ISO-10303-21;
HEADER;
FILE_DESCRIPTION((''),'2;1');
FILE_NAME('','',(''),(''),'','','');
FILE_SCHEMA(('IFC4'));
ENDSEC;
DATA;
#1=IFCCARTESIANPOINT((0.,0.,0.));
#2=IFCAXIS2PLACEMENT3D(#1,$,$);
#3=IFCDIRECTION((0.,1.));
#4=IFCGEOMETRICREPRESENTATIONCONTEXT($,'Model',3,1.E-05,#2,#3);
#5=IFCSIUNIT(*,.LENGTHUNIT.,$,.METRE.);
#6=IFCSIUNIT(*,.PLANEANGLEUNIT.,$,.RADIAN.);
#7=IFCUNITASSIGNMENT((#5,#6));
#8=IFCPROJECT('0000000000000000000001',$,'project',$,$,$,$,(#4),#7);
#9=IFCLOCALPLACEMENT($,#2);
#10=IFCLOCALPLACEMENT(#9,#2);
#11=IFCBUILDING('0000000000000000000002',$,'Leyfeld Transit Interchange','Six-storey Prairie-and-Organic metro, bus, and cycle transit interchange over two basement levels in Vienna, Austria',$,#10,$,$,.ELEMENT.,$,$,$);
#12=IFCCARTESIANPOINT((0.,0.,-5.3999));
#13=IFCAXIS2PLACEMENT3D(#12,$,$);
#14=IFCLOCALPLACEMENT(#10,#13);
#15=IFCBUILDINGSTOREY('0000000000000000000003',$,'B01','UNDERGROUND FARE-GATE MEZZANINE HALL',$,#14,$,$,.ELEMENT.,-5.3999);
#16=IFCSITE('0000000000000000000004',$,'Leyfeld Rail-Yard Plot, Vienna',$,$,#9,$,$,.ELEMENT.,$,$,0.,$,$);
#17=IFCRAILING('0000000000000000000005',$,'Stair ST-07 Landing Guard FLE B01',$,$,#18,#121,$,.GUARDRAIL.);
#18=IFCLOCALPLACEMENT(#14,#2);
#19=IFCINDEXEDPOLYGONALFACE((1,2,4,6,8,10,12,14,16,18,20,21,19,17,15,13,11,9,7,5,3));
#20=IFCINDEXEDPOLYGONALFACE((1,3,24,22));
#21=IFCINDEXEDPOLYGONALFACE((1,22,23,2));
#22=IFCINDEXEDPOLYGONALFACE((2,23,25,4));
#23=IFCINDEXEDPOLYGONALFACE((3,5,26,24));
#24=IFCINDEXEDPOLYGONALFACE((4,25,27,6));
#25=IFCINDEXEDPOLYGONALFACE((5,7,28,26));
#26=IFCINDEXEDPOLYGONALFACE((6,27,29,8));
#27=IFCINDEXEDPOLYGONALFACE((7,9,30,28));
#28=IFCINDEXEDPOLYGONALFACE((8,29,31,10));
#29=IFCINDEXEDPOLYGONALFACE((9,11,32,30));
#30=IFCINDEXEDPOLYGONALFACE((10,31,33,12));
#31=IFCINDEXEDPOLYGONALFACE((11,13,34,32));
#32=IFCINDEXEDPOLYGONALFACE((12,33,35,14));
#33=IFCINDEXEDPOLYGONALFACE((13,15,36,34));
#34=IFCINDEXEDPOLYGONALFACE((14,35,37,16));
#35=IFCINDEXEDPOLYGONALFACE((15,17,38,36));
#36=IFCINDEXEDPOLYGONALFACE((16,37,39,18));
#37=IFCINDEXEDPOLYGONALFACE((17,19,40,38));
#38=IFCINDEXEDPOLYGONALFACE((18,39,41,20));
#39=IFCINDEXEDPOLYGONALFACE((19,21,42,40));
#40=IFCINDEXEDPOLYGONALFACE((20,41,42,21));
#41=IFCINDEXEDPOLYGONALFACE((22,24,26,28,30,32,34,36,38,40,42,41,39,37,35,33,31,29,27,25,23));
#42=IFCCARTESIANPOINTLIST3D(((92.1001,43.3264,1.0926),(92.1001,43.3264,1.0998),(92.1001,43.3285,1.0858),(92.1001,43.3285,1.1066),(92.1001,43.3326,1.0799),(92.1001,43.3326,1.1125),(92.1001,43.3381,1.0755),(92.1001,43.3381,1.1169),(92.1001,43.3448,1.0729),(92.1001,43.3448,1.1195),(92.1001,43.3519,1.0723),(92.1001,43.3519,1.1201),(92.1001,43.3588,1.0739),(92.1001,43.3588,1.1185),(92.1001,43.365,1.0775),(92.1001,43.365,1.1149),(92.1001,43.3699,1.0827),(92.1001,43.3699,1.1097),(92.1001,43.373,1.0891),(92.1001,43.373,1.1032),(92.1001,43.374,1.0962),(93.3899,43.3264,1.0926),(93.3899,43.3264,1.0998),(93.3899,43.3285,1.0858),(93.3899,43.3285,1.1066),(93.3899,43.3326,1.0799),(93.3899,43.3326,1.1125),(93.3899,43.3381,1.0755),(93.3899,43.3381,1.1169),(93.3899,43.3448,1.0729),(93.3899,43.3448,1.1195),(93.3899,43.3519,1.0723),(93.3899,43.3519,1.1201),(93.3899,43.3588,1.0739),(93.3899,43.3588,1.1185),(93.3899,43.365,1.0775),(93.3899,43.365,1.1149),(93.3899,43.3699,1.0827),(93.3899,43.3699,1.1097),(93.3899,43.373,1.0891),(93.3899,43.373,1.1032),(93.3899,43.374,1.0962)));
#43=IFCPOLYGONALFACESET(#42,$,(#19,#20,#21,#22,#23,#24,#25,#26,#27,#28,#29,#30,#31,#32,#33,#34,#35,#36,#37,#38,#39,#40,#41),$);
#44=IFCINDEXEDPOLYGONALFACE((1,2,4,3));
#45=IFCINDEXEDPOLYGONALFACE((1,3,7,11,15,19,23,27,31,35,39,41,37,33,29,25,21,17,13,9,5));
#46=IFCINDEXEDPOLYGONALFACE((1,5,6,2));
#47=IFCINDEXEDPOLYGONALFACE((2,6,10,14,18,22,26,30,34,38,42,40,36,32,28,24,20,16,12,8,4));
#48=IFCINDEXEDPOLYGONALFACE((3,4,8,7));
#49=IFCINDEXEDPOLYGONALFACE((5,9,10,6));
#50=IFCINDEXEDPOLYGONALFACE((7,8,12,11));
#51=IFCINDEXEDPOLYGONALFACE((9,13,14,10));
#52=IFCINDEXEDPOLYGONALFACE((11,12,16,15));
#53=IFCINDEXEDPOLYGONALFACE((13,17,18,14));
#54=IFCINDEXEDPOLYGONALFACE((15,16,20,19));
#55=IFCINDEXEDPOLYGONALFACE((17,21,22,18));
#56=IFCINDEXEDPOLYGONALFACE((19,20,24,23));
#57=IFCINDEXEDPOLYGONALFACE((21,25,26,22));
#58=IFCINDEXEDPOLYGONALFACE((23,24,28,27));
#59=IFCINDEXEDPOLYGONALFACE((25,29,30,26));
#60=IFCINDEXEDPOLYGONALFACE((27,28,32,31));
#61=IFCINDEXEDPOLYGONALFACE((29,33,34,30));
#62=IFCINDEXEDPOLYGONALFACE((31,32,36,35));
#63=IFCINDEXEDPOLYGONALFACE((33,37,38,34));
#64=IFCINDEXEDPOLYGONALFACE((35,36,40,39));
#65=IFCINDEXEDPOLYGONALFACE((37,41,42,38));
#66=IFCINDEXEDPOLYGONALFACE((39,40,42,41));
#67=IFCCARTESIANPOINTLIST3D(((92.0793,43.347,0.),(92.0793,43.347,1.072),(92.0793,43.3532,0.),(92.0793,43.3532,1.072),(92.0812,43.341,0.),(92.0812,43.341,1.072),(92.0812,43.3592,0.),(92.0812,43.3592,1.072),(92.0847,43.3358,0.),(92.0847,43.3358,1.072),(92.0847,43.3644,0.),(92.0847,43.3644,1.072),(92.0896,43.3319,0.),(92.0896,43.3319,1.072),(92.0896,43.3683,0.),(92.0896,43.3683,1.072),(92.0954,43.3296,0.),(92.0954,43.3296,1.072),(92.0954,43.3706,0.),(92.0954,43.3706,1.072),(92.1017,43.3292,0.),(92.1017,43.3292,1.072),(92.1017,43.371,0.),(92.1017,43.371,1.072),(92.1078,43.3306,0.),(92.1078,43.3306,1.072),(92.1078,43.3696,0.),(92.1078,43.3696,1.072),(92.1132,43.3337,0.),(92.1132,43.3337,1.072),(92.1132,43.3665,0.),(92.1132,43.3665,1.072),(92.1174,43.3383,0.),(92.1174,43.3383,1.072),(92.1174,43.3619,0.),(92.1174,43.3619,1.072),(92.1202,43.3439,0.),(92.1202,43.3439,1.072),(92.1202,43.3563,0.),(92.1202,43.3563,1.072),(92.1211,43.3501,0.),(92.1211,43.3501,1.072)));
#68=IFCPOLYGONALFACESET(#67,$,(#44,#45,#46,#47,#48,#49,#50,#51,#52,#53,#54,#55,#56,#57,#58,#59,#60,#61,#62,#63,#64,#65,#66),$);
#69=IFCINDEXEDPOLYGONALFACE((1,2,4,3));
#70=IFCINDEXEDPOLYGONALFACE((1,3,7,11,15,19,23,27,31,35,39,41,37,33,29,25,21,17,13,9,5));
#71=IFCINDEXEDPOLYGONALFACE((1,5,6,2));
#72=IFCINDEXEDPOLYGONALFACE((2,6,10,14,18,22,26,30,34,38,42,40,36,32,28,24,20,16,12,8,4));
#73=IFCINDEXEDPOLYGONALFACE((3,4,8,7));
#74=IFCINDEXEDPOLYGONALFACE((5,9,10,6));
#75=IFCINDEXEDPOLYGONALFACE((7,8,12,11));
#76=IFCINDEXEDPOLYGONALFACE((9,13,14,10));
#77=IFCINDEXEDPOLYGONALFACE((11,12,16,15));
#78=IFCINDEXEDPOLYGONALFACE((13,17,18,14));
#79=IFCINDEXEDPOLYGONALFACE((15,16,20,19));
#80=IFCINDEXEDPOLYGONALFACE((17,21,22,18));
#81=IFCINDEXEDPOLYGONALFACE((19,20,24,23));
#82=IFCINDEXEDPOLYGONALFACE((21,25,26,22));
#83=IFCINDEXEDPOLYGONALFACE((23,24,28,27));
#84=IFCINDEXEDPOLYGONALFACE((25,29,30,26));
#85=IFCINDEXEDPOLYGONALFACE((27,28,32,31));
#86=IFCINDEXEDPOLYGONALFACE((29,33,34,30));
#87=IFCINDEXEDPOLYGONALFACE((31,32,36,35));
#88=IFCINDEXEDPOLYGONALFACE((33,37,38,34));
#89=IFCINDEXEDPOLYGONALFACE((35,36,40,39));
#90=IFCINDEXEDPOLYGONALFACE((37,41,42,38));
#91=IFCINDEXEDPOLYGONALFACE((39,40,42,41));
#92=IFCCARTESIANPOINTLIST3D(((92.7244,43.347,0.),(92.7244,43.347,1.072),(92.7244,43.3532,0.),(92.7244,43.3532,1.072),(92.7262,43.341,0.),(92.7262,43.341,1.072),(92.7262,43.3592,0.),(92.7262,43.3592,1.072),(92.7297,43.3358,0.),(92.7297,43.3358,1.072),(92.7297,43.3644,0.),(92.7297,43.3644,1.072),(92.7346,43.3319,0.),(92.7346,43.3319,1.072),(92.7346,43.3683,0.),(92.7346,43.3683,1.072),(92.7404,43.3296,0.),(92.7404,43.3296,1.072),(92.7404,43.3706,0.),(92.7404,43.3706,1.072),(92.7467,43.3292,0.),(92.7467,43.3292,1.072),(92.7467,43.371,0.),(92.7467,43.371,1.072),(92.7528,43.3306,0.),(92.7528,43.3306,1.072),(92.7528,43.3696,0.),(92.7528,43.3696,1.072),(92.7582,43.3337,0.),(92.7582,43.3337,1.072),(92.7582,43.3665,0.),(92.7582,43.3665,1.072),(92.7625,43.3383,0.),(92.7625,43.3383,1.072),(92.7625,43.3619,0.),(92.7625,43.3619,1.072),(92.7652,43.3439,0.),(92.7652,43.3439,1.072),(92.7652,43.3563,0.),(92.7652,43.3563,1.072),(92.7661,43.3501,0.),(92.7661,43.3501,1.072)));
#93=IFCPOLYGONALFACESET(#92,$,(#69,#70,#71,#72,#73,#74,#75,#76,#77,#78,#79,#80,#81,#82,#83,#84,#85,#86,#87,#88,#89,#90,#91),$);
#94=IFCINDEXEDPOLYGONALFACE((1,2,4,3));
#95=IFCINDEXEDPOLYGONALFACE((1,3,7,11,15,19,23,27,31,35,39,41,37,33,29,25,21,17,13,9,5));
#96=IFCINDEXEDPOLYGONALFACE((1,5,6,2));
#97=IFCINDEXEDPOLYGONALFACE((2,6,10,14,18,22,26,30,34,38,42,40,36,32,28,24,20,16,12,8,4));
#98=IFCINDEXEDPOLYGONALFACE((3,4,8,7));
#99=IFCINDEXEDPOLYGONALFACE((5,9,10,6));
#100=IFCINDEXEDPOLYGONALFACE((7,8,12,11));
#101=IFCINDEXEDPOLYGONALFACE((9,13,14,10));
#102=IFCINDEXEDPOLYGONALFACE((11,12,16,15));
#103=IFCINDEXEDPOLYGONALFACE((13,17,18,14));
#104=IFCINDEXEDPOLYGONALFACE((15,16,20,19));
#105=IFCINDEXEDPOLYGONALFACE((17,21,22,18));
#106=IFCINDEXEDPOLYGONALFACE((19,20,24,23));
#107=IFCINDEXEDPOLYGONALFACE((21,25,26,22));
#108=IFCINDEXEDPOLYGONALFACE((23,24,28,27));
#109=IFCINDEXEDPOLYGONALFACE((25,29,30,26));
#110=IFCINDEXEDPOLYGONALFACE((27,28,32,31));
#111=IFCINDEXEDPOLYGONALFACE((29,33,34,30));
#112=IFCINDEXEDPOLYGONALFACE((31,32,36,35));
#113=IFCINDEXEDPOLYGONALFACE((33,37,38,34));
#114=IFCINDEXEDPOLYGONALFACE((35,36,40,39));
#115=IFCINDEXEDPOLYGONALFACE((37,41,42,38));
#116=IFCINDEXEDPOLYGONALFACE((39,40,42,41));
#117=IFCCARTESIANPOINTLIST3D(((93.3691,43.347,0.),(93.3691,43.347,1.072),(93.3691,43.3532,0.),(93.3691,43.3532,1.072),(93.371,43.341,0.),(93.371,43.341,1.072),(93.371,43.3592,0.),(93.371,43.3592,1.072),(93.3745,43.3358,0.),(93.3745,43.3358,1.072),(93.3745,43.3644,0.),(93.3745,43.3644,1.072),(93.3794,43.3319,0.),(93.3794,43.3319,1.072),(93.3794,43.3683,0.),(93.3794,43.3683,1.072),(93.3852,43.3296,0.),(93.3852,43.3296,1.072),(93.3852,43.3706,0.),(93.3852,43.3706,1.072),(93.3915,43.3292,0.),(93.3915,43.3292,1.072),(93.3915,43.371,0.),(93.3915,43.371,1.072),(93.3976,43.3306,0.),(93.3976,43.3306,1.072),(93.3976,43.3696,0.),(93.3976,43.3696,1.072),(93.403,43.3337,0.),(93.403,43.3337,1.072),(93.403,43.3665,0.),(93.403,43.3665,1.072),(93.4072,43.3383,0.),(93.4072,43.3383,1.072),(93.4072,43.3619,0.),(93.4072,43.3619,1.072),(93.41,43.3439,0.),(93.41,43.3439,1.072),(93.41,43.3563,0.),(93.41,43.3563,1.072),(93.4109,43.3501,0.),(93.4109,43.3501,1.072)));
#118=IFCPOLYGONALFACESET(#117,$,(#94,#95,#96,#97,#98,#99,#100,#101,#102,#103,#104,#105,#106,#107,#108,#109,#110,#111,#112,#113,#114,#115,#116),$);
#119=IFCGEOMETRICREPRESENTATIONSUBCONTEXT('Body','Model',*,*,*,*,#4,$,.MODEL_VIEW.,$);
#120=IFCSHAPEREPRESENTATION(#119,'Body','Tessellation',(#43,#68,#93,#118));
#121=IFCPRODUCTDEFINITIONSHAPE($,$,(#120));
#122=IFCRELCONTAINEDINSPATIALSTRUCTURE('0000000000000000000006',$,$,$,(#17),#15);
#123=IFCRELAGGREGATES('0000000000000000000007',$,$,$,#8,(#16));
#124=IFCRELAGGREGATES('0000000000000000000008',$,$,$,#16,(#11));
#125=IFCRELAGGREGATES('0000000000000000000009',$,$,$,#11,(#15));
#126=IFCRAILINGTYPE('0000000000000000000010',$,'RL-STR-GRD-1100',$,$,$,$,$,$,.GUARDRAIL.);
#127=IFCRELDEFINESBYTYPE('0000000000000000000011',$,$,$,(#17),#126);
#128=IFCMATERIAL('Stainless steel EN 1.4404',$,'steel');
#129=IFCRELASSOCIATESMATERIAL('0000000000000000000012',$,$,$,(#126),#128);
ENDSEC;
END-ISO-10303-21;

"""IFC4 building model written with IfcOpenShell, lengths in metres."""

from ifc_helpers import new_model, si_unit, direction, frame, origin, origin_2d, place, context, subcontext, project, spatial, circle, extrude, material, type_object, element, save


model = new_model("IFC4")

# Units and contexts
model_context = context("Model", 3, precision=1e-05, world=origin(), true_north=direction((0.0, 1.0)))
body_context = subcontext(model_context, "Body", "Model", "MODEL_VIEW")
ifc_project = project(units=[si_unit("LENGTHUNIT", "METRE"), si_unit("PLANEANGLEUNIT", "RADIAN")], contexts=[model_context])

# Site, building, storey
site_placement = place(None, origin())
site = spatial("IfcSite", under=ifc_project, at=site_placement, Name="Leyfeld Rail-Yard Plot, Vienna", CompositionType="ELEMENT", RefElevation=0.0)
building_placement = place(site_placement, origin())
building = spatial("IfcBuilding", under=site, at=building_placement, Name="Leyfeld Transit Interchange", Description="Six-storey Prairie-and-Organic metro, bus, and cycle transit interchange over two basement levels in Vienna, Austria", CompositionType="ELEMENT")
storey_placement = place(building_placement, frame((0.0, 0.0, -5.3999)))
storey = spatial("IfcBuildingStorey", under=building, at=storey_placement, Name="B01", Description="UNDERGROUND FARE-GATE MEZZANINE HALL", CompositionType="ELEMENT", Elevation=-5.3999)

# Railing
ifc_material_1 = material(Name="Stainless steel EN 1.4404", Category="steel")
railing_type_1 = type_object("IfcRailingType", Name="RL-STR-GRD-1100", PredefinedType="GUARDRAIL", material=ifc_material_1)
railing_1_placement = place(storey_placement, frame((92.1001, 43.3501, 0.0)))
element("IfcRailing", 1, at=railing_1_placement, inside=storey, type_object=railing_type_1, Name="Stair ST-07 Landing Guard FLE B01", PredefinedType="GUARDRAIL", context=body_context, shape_type="SweptSolid", body=[
    extrude(circle(Radius=0.0239, at=origin_2d()), frame((0.0, 0.0, 1.0962), z_axis=(1.0, 0.0, 0.0), x_axis=(0.0, 1.0, 0.0)), (0.0, 0.0, 1.0), 1.2898),
    extrude(circle(Radius=0.021, at=origin_2d()), origin(), (0.0, 0.0, 1.0), 1.072),
    extrude(circle(Radius=0.021, at=origin_2d()), frame((0.645, 0.0, 0.0)), (0.0, 0.0, 1.0), 1.072),
    extrude(circle(Radius=0.021, at=origin_2d()), frame((1.2898, 0.0, 0.0)), (0.0, 0.0, 1.0), 1.072),
])

save(model, "model.ifc")
